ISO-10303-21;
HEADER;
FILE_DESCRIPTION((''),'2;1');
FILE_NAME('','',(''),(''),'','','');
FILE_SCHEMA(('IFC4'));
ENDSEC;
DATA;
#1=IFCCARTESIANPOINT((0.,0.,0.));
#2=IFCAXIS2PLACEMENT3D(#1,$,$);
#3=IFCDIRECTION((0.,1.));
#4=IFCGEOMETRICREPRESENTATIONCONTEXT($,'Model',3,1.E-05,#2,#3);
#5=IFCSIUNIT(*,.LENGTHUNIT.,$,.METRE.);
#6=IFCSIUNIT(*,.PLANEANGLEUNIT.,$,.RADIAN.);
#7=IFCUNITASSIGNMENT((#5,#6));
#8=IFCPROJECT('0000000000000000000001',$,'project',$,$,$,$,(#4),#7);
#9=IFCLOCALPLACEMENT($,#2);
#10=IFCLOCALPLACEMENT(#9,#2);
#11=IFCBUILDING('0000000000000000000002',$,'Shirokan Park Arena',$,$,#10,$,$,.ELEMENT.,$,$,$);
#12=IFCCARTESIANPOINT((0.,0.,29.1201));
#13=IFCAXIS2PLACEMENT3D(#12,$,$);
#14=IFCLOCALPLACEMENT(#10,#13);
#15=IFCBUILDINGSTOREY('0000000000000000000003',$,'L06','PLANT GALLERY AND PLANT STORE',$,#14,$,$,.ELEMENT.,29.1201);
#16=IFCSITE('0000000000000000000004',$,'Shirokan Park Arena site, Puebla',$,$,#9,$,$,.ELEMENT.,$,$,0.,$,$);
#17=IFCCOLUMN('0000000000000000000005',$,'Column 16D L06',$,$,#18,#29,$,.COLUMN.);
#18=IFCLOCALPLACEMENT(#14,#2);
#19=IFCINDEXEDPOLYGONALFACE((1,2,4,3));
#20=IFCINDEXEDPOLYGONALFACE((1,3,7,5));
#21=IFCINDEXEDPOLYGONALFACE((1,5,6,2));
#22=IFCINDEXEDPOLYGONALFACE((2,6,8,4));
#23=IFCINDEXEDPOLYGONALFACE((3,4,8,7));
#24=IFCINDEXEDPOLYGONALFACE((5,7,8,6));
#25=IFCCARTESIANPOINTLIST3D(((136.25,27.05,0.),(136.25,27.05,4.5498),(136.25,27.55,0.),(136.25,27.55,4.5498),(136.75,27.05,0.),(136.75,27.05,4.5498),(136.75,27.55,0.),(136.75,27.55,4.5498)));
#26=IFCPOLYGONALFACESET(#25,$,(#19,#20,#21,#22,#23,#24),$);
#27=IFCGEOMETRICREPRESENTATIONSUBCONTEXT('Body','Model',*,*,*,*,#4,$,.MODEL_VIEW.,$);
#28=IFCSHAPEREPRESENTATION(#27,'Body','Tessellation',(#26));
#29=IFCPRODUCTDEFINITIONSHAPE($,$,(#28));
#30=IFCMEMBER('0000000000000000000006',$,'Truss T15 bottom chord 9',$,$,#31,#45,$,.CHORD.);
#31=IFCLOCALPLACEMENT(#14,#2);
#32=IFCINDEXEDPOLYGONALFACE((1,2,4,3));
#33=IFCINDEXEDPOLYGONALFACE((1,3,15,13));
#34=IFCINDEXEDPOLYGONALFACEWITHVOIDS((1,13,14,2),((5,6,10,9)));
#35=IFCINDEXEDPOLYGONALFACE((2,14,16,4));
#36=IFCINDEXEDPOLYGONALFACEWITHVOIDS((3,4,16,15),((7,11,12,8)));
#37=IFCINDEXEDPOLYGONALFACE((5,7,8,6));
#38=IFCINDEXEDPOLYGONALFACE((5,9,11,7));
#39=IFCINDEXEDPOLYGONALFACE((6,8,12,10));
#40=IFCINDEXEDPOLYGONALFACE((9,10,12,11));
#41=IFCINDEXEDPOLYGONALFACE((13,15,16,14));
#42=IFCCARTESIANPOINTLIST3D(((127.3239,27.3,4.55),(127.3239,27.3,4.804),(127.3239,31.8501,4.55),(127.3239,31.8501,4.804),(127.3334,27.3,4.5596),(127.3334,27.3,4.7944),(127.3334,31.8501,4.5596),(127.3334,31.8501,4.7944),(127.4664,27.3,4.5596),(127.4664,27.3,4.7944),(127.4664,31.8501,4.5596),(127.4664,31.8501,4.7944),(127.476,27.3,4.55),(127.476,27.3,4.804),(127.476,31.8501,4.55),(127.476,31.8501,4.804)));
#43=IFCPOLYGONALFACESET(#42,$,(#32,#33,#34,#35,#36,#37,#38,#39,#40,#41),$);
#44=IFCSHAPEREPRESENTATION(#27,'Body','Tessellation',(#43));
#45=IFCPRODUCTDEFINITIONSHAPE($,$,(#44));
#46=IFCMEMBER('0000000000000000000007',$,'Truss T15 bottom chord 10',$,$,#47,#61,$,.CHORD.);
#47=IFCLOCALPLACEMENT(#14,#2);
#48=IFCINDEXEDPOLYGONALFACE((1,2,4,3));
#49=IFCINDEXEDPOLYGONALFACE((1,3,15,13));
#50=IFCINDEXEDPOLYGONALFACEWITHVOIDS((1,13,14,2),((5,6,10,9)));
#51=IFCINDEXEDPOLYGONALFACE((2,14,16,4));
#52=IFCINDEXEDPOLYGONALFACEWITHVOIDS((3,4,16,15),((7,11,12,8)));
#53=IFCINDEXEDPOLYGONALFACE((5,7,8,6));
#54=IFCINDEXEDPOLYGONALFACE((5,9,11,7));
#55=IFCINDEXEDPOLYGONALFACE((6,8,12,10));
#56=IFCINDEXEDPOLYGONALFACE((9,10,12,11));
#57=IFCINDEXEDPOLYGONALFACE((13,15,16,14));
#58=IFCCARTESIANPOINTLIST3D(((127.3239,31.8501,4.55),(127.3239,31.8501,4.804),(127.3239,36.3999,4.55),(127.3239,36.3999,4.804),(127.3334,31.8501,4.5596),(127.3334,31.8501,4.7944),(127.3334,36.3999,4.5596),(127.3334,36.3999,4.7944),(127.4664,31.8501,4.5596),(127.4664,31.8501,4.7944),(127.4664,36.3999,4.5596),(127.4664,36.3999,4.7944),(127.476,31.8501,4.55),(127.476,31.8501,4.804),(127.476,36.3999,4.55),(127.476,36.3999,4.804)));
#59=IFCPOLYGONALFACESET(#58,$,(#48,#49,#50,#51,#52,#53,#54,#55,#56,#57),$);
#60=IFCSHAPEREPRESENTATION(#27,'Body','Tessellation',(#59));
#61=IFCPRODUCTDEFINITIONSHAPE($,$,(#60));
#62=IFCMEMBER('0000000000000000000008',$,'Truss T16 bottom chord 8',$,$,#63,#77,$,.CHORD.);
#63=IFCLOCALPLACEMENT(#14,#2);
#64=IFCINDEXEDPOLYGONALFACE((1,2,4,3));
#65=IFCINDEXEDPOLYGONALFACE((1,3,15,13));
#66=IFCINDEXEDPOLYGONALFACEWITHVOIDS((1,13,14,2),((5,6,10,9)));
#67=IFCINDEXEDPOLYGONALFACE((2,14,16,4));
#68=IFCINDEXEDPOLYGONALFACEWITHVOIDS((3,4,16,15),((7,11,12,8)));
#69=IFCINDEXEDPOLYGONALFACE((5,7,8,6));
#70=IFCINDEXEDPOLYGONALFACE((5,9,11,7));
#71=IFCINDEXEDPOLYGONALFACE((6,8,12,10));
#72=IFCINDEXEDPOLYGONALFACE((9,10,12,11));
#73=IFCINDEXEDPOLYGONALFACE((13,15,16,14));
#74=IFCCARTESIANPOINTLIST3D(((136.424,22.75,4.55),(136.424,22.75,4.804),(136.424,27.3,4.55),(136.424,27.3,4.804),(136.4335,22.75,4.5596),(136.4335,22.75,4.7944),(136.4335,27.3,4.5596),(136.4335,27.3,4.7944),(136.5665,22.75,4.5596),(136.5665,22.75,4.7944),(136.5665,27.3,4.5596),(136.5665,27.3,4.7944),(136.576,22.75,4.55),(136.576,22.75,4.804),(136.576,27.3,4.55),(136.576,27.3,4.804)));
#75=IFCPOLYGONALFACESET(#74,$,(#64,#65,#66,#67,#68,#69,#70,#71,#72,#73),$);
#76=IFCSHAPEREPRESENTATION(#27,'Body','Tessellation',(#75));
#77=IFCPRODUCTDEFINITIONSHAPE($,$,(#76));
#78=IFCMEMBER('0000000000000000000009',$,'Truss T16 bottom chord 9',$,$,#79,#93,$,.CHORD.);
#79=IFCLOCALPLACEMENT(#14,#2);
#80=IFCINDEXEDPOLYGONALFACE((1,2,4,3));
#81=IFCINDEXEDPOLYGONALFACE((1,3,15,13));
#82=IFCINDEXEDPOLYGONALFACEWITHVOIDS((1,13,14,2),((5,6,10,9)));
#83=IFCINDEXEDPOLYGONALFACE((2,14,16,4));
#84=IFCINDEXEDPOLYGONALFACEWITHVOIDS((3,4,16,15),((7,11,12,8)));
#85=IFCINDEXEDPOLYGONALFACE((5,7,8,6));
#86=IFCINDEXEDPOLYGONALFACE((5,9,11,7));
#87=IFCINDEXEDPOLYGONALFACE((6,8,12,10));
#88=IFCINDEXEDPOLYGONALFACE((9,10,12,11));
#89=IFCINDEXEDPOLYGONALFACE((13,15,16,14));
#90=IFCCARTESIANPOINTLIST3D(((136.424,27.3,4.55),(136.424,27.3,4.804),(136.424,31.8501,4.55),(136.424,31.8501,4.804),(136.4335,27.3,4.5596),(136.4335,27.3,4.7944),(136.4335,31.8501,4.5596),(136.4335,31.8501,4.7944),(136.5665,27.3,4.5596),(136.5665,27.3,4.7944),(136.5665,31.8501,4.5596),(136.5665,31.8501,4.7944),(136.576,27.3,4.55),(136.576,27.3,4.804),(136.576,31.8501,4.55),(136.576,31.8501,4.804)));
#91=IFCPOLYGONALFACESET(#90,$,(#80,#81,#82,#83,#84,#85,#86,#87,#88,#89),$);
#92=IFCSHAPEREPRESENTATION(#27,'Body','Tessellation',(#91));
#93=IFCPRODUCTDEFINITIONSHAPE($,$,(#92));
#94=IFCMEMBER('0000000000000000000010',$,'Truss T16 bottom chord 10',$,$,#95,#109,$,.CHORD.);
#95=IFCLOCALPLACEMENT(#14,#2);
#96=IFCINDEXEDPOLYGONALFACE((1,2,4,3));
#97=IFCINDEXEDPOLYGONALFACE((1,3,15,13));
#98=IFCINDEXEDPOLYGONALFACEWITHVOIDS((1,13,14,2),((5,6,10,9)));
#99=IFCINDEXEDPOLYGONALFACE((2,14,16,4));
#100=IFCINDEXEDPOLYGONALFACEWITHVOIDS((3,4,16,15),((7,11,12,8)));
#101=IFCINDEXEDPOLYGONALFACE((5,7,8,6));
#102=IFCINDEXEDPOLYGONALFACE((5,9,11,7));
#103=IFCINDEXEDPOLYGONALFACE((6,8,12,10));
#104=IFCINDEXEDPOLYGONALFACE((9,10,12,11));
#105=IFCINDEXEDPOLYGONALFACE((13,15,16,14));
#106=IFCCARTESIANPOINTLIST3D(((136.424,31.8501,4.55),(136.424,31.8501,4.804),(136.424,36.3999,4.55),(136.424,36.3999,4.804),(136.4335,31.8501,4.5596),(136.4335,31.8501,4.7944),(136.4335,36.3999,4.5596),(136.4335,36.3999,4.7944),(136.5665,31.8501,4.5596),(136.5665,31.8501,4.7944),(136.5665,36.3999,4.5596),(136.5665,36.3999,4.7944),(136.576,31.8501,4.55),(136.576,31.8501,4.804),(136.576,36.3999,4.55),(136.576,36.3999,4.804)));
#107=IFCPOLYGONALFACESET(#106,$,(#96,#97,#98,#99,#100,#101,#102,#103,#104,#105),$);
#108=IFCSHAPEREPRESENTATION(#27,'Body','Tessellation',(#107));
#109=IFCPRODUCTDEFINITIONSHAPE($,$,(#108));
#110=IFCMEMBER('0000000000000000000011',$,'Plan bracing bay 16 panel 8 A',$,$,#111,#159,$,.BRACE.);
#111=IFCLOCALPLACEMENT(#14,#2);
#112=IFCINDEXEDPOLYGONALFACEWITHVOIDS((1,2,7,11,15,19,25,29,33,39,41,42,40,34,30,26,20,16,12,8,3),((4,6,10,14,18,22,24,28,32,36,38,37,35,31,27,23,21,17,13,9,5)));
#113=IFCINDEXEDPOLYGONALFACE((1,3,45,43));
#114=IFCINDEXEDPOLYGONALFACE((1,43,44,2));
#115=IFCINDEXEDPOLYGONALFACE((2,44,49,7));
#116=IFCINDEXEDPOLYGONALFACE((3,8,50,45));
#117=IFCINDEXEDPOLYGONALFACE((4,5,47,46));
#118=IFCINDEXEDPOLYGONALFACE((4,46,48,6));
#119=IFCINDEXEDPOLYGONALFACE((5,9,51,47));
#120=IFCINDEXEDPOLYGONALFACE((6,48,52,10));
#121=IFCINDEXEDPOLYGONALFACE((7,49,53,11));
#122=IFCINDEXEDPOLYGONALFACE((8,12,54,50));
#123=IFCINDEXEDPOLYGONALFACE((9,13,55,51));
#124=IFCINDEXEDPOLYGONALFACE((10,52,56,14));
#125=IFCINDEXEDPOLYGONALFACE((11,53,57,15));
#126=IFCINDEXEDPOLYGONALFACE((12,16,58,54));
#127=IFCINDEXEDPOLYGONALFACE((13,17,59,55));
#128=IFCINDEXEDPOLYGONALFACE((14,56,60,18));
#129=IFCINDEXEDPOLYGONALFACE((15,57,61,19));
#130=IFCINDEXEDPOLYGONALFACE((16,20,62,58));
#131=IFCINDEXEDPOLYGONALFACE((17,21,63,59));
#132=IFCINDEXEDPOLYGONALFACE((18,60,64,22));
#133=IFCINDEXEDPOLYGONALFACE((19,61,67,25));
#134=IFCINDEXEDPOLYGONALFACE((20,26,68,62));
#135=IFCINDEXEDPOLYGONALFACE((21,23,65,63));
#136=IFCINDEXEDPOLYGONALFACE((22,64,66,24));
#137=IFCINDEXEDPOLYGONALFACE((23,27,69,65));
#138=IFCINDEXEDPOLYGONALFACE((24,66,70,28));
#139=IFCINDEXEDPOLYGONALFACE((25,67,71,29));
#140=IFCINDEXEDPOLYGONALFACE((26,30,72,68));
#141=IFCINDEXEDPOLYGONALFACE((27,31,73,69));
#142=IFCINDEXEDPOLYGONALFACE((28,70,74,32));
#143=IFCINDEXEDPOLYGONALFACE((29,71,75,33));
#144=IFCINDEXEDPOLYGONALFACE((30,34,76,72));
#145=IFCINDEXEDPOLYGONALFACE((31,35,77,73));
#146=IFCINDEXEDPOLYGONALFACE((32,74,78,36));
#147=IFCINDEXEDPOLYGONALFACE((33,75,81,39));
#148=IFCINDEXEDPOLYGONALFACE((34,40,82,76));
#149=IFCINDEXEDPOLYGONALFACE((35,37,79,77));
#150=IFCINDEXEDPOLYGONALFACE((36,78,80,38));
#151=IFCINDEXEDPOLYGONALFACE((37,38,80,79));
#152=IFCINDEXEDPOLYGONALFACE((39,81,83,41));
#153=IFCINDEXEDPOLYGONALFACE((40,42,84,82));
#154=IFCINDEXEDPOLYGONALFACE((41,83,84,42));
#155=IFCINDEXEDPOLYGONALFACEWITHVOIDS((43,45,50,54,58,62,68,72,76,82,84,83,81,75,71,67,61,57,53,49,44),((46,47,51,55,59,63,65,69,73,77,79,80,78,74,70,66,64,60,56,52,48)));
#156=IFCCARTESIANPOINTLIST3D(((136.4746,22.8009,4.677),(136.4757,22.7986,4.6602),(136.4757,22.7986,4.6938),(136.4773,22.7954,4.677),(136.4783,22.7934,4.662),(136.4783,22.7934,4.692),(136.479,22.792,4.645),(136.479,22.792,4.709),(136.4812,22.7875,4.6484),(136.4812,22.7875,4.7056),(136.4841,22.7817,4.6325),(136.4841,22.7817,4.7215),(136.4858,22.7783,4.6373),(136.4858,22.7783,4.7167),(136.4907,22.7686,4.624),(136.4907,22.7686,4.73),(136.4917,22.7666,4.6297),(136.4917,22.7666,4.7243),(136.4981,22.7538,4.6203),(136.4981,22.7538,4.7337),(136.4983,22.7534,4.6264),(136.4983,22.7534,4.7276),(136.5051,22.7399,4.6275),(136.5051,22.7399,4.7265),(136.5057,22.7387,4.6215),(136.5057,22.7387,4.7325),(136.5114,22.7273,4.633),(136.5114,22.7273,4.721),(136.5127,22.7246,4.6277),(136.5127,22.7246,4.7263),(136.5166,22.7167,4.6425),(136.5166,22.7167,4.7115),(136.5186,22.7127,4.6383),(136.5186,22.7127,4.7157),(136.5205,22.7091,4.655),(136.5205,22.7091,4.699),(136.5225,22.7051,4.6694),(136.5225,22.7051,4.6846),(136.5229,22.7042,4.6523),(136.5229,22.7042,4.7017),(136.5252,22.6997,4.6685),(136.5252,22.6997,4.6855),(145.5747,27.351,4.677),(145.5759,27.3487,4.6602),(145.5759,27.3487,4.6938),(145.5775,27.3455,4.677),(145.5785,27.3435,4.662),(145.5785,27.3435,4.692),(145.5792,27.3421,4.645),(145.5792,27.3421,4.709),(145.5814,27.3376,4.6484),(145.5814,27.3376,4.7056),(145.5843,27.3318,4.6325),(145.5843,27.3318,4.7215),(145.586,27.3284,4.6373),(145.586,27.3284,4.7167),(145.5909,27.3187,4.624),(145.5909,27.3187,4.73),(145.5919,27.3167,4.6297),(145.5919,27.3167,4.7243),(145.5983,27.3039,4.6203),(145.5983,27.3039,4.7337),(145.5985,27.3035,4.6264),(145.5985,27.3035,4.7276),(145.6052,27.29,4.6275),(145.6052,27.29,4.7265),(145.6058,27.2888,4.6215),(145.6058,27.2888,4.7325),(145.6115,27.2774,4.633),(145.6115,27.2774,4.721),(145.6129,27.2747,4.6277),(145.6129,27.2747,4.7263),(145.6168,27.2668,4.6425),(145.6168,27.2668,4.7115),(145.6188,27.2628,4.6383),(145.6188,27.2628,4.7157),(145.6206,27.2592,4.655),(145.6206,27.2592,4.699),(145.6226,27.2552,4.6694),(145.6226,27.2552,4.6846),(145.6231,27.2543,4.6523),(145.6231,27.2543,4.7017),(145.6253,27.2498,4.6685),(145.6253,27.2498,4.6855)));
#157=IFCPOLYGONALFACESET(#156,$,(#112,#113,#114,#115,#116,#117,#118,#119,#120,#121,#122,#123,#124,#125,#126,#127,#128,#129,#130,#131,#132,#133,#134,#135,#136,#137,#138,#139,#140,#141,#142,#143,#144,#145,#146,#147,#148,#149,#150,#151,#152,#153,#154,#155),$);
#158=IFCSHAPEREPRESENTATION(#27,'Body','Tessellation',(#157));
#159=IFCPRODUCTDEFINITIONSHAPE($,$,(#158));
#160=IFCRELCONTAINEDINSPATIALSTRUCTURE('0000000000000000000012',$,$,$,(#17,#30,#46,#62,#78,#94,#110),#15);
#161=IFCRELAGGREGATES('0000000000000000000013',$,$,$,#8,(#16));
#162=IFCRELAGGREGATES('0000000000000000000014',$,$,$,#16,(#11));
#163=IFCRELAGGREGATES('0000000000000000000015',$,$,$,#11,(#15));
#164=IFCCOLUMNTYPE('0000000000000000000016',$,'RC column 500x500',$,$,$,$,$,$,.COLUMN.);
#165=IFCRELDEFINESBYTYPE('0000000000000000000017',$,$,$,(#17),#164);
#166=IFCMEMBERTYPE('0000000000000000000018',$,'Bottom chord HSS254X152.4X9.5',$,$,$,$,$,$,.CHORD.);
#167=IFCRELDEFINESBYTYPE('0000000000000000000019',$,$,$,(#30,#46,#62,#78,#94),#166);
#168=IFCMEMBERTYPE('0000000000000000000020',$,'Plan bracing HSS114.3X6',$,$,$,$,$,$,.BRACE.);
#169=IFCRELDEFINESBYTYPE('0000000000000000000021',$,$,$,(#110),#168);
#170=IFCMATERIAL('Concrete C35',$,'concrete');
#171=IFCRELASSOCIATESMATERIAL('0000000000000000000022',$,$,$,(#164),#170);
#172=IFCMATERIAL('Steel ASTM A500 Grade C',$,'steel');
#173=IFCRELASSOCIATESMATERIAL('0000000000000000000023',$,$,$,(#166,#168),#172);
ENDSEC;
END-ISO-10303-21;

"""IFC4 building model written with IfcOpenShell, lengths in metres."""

from ifc_helpers import new_model, si_unit, direction, frame, origin, origin_2d, place, context, subcontext, project, spatial, rectangle, hollow_rectangle, hollow_circle, extrude, material, material_profile, profile_set, type_object, element, save


model = new_model("IFC4")

# Units and contexts
model_context = context("Model", 3, precision=1e-05, world=origin(), true_north=direction((0.0, 1.0)))
body_context = subcontext(model_context, "Body", "Model", "MODEL_VIEW")
ifc_project = project(units=[si_unit("LENGTHUNIT", "METRE"), si_unit("PLANEANGLEUNIT", "RADIAN")], contexts=[model_context])

# Site, building, storey
site_placement = place(None, origin())
site = spatial("IfcSite", under=ifc_project, at=site_placement, Name="Shirokan Park Arena site, Puebla", CompositionType="ELEMENT", RefElevation=0.0)
building_placement = place(site_placement, origin())
building = spatial("IfcBuilding", under=site, at=building_placement, Name="Shirokan Park Arena", CompositionType="ELEMENT")
storey_placement = place(building_placement, frame((0.0, 0.0, 29.1201)))
storey = spatial("IfcBuildingStorey", under=building, at=storey_placement, Name="L06", Description="PLANT GALLERY AND PLANT STORE", CompositionType="ELEMENT", Elevation=29.1201)

# Column
ifc_material_1 = material(Name="Concrete C35", Category="concrete")
ifc_material_profile_1 = material_profile(ifc_material_1, rectangle(XDim=0.5, YDim=0.5, at=origin_2d()), Name="500x500")
ifc_profile_set_1 = profile_set([ifc_material_profile_1], Name="Concrete C35")
column_type = type_object("IfcColumnType", Name="RC column 500x500", PredefinedType="COLUMN", material=ifc_profile_set_1)
column_placement = place(storey_placement, frame((136.5, 27.3, 0.0), z_axis=(0.0, 0.0, 1.0), x_axis=(1.0, 0.0, 0.0)))
element("IfcColumn", 1, at=column_placement, inside=storey, type_object=column_type, Name="Column 16D L06", PredefinedType="COLUMN", context=body_context, shape_type="SweptSolid", body=[
    extrude(rectangle(XDim=0.5, YDim=0.5, at=origin_2d()), origin(), (0.0, 0.0, 1.0), 4.5498),
])

# Members
ifc_material_2 = material(Name="Steel ASTM A500 Grade C", Category="steel")
ifc_material_profile_2 = material_profile(ifc_material_2, hollow_rectangle(XDim=0.1521, YDim=0.2539, WallThickness=0.0095, at=origin_2d()), Name="HSS254X152.4X9.5")
ifc_profile_set_2 = profile_set([ifc_material_profile_2], Name="Steel ASTM A500 Grade C")
member_type_1 = type_object("IfcMemberType", Name="Bottom chord HSS254X152.4X9.5", PredefinedType="CHORD", material=ifc_profile_set_2)
member_1_placement = place(storey_placement, frame((127.3999, 27.3, 4.677), z_axis=(0.0, 1.0, 0.0), x_axis=(-1.0, 0.0, 0.0)))
element("IfcMember", 2, at=member_1_placement, inside=storey, type_object=member_type_1, Name="Truss T15 bottom chord 9", PredefinedType="CHORD", context=body_context, shape_type="SweptSolid", body=[
    extrude(hollow_rectangle(XDim=0.1521, YDim=0.2539, WallThickness=0.0095, at=origin_2d()), origin(), (0.0, 0.0, 1.0), 4.55),
])
member_2_placement = place(storey_placement, frame((127.3999, 31.8501, 4.677), z_axis=(0.0, 1.0, 0.0), x_axis=(-1.0, 0.0, 0.0)))
element("IfcMember", 3, at=member_2_placement, inside=storey, type_object=member_type_1, Name="Truss T15 bottom chord 10", PredefinedType="CHORD", context=body_context, shape_type="SweptSolid", body=[
    extrude(hollow_rectangle(XDim=0.1521, YDim=0.2539, WallThickness=0.0095, at=origin_2d()), origin(), (0.0, 0.0, 1.0), 4.5498),
])
for number, where, z_axis, x_axis, name in (
    (4, (136.5, 22.75, 4.677), (0.0, 1.0, 0.0), (-1.0, 0.0, 0.0), "Truss T16 bottom chord 8"),
    (5, (136.5, 27.3, 4.677), (0.0, 1.0, 0.0), (-1.0, 0.0, 0.0), "Truss T16 bottom chord 9"),
):
    element("IfcMember", number, at=place(storey_placement, frame(where, z_axis=z_axis, x_axis=x_axis)), inside=storey, type_object=member_type_1, Name=name, PredefinedType="CHORD", context=body_context, shape_type="SweptSolid", body=[
        extrude(hollow_rectangle(XDim=0.1521, YDim=0.2539, WallThickness=0.0095, at=origin_2d()), origin(), (0.0, 0.0, 1.0), 4.55),
    ])
member_3_placement = place(storey_placement, frame((136.5, 31.8501, 4.677), z_axis=(0.0, 1.0, 0.0), x_axis=(-1.0, 0.0, 0.0)))
element("IfcMember", 6, at=member_3_placement, inside=storey, type_object=member_type_1, Name="Truss T16 bottom chord 10", PredefinedType="CHORD", context=body_context, shape_type="SweptSolid", body=[
    extrude(hollow_rectangle(XDim=0.1521, YDim=0.2539, WallThickness=0.0095, at=origin_2d()), origin(), (0.0, 0.0, 1.0), 4.5498),
])
ifc_material_profile_3 = material_profile(ifc_material_2, hollow_circle(Radius=0.0569, WallThickness=0.0061, at=origin_2d()), Name="HSS114.3X6")
ifc_profile_set_3 = profile_set([ifc_material_profile_3], Name="Steel ASTM A500 Grade C")
member_type_2 = type_object("IfcMemberType", Name="Plan bracing HSS114.3X6", PredefinedType="BRACE", material=ifc_profile_set_3)
for number, where, z_axis, x_axis, name in (
    (7, (136.5, 22.75, 4.677), (0.894427, 0.447214, 0.0), (-0.447214, 0.894427, 0.0), "Plan bracing bay 16 panel 8 A"),
):
    element("IfcMember", number, at=place(storey_placement, frame(where, z_axis=z_axis, x_axis=x_axis)), inside=storey, type_object=member_type_2, Name=name, PredefinedType="BRACE", context=body_context, shape_type="SweptSolid", body=[
        extrude(hollow_circle(Radius=0.0569, WallThickness=0.0061, at=origin_2d()), origin(), (0.0, 0.0, 1.0), 10.1743),
    ])

save(model, "model.ifc")
